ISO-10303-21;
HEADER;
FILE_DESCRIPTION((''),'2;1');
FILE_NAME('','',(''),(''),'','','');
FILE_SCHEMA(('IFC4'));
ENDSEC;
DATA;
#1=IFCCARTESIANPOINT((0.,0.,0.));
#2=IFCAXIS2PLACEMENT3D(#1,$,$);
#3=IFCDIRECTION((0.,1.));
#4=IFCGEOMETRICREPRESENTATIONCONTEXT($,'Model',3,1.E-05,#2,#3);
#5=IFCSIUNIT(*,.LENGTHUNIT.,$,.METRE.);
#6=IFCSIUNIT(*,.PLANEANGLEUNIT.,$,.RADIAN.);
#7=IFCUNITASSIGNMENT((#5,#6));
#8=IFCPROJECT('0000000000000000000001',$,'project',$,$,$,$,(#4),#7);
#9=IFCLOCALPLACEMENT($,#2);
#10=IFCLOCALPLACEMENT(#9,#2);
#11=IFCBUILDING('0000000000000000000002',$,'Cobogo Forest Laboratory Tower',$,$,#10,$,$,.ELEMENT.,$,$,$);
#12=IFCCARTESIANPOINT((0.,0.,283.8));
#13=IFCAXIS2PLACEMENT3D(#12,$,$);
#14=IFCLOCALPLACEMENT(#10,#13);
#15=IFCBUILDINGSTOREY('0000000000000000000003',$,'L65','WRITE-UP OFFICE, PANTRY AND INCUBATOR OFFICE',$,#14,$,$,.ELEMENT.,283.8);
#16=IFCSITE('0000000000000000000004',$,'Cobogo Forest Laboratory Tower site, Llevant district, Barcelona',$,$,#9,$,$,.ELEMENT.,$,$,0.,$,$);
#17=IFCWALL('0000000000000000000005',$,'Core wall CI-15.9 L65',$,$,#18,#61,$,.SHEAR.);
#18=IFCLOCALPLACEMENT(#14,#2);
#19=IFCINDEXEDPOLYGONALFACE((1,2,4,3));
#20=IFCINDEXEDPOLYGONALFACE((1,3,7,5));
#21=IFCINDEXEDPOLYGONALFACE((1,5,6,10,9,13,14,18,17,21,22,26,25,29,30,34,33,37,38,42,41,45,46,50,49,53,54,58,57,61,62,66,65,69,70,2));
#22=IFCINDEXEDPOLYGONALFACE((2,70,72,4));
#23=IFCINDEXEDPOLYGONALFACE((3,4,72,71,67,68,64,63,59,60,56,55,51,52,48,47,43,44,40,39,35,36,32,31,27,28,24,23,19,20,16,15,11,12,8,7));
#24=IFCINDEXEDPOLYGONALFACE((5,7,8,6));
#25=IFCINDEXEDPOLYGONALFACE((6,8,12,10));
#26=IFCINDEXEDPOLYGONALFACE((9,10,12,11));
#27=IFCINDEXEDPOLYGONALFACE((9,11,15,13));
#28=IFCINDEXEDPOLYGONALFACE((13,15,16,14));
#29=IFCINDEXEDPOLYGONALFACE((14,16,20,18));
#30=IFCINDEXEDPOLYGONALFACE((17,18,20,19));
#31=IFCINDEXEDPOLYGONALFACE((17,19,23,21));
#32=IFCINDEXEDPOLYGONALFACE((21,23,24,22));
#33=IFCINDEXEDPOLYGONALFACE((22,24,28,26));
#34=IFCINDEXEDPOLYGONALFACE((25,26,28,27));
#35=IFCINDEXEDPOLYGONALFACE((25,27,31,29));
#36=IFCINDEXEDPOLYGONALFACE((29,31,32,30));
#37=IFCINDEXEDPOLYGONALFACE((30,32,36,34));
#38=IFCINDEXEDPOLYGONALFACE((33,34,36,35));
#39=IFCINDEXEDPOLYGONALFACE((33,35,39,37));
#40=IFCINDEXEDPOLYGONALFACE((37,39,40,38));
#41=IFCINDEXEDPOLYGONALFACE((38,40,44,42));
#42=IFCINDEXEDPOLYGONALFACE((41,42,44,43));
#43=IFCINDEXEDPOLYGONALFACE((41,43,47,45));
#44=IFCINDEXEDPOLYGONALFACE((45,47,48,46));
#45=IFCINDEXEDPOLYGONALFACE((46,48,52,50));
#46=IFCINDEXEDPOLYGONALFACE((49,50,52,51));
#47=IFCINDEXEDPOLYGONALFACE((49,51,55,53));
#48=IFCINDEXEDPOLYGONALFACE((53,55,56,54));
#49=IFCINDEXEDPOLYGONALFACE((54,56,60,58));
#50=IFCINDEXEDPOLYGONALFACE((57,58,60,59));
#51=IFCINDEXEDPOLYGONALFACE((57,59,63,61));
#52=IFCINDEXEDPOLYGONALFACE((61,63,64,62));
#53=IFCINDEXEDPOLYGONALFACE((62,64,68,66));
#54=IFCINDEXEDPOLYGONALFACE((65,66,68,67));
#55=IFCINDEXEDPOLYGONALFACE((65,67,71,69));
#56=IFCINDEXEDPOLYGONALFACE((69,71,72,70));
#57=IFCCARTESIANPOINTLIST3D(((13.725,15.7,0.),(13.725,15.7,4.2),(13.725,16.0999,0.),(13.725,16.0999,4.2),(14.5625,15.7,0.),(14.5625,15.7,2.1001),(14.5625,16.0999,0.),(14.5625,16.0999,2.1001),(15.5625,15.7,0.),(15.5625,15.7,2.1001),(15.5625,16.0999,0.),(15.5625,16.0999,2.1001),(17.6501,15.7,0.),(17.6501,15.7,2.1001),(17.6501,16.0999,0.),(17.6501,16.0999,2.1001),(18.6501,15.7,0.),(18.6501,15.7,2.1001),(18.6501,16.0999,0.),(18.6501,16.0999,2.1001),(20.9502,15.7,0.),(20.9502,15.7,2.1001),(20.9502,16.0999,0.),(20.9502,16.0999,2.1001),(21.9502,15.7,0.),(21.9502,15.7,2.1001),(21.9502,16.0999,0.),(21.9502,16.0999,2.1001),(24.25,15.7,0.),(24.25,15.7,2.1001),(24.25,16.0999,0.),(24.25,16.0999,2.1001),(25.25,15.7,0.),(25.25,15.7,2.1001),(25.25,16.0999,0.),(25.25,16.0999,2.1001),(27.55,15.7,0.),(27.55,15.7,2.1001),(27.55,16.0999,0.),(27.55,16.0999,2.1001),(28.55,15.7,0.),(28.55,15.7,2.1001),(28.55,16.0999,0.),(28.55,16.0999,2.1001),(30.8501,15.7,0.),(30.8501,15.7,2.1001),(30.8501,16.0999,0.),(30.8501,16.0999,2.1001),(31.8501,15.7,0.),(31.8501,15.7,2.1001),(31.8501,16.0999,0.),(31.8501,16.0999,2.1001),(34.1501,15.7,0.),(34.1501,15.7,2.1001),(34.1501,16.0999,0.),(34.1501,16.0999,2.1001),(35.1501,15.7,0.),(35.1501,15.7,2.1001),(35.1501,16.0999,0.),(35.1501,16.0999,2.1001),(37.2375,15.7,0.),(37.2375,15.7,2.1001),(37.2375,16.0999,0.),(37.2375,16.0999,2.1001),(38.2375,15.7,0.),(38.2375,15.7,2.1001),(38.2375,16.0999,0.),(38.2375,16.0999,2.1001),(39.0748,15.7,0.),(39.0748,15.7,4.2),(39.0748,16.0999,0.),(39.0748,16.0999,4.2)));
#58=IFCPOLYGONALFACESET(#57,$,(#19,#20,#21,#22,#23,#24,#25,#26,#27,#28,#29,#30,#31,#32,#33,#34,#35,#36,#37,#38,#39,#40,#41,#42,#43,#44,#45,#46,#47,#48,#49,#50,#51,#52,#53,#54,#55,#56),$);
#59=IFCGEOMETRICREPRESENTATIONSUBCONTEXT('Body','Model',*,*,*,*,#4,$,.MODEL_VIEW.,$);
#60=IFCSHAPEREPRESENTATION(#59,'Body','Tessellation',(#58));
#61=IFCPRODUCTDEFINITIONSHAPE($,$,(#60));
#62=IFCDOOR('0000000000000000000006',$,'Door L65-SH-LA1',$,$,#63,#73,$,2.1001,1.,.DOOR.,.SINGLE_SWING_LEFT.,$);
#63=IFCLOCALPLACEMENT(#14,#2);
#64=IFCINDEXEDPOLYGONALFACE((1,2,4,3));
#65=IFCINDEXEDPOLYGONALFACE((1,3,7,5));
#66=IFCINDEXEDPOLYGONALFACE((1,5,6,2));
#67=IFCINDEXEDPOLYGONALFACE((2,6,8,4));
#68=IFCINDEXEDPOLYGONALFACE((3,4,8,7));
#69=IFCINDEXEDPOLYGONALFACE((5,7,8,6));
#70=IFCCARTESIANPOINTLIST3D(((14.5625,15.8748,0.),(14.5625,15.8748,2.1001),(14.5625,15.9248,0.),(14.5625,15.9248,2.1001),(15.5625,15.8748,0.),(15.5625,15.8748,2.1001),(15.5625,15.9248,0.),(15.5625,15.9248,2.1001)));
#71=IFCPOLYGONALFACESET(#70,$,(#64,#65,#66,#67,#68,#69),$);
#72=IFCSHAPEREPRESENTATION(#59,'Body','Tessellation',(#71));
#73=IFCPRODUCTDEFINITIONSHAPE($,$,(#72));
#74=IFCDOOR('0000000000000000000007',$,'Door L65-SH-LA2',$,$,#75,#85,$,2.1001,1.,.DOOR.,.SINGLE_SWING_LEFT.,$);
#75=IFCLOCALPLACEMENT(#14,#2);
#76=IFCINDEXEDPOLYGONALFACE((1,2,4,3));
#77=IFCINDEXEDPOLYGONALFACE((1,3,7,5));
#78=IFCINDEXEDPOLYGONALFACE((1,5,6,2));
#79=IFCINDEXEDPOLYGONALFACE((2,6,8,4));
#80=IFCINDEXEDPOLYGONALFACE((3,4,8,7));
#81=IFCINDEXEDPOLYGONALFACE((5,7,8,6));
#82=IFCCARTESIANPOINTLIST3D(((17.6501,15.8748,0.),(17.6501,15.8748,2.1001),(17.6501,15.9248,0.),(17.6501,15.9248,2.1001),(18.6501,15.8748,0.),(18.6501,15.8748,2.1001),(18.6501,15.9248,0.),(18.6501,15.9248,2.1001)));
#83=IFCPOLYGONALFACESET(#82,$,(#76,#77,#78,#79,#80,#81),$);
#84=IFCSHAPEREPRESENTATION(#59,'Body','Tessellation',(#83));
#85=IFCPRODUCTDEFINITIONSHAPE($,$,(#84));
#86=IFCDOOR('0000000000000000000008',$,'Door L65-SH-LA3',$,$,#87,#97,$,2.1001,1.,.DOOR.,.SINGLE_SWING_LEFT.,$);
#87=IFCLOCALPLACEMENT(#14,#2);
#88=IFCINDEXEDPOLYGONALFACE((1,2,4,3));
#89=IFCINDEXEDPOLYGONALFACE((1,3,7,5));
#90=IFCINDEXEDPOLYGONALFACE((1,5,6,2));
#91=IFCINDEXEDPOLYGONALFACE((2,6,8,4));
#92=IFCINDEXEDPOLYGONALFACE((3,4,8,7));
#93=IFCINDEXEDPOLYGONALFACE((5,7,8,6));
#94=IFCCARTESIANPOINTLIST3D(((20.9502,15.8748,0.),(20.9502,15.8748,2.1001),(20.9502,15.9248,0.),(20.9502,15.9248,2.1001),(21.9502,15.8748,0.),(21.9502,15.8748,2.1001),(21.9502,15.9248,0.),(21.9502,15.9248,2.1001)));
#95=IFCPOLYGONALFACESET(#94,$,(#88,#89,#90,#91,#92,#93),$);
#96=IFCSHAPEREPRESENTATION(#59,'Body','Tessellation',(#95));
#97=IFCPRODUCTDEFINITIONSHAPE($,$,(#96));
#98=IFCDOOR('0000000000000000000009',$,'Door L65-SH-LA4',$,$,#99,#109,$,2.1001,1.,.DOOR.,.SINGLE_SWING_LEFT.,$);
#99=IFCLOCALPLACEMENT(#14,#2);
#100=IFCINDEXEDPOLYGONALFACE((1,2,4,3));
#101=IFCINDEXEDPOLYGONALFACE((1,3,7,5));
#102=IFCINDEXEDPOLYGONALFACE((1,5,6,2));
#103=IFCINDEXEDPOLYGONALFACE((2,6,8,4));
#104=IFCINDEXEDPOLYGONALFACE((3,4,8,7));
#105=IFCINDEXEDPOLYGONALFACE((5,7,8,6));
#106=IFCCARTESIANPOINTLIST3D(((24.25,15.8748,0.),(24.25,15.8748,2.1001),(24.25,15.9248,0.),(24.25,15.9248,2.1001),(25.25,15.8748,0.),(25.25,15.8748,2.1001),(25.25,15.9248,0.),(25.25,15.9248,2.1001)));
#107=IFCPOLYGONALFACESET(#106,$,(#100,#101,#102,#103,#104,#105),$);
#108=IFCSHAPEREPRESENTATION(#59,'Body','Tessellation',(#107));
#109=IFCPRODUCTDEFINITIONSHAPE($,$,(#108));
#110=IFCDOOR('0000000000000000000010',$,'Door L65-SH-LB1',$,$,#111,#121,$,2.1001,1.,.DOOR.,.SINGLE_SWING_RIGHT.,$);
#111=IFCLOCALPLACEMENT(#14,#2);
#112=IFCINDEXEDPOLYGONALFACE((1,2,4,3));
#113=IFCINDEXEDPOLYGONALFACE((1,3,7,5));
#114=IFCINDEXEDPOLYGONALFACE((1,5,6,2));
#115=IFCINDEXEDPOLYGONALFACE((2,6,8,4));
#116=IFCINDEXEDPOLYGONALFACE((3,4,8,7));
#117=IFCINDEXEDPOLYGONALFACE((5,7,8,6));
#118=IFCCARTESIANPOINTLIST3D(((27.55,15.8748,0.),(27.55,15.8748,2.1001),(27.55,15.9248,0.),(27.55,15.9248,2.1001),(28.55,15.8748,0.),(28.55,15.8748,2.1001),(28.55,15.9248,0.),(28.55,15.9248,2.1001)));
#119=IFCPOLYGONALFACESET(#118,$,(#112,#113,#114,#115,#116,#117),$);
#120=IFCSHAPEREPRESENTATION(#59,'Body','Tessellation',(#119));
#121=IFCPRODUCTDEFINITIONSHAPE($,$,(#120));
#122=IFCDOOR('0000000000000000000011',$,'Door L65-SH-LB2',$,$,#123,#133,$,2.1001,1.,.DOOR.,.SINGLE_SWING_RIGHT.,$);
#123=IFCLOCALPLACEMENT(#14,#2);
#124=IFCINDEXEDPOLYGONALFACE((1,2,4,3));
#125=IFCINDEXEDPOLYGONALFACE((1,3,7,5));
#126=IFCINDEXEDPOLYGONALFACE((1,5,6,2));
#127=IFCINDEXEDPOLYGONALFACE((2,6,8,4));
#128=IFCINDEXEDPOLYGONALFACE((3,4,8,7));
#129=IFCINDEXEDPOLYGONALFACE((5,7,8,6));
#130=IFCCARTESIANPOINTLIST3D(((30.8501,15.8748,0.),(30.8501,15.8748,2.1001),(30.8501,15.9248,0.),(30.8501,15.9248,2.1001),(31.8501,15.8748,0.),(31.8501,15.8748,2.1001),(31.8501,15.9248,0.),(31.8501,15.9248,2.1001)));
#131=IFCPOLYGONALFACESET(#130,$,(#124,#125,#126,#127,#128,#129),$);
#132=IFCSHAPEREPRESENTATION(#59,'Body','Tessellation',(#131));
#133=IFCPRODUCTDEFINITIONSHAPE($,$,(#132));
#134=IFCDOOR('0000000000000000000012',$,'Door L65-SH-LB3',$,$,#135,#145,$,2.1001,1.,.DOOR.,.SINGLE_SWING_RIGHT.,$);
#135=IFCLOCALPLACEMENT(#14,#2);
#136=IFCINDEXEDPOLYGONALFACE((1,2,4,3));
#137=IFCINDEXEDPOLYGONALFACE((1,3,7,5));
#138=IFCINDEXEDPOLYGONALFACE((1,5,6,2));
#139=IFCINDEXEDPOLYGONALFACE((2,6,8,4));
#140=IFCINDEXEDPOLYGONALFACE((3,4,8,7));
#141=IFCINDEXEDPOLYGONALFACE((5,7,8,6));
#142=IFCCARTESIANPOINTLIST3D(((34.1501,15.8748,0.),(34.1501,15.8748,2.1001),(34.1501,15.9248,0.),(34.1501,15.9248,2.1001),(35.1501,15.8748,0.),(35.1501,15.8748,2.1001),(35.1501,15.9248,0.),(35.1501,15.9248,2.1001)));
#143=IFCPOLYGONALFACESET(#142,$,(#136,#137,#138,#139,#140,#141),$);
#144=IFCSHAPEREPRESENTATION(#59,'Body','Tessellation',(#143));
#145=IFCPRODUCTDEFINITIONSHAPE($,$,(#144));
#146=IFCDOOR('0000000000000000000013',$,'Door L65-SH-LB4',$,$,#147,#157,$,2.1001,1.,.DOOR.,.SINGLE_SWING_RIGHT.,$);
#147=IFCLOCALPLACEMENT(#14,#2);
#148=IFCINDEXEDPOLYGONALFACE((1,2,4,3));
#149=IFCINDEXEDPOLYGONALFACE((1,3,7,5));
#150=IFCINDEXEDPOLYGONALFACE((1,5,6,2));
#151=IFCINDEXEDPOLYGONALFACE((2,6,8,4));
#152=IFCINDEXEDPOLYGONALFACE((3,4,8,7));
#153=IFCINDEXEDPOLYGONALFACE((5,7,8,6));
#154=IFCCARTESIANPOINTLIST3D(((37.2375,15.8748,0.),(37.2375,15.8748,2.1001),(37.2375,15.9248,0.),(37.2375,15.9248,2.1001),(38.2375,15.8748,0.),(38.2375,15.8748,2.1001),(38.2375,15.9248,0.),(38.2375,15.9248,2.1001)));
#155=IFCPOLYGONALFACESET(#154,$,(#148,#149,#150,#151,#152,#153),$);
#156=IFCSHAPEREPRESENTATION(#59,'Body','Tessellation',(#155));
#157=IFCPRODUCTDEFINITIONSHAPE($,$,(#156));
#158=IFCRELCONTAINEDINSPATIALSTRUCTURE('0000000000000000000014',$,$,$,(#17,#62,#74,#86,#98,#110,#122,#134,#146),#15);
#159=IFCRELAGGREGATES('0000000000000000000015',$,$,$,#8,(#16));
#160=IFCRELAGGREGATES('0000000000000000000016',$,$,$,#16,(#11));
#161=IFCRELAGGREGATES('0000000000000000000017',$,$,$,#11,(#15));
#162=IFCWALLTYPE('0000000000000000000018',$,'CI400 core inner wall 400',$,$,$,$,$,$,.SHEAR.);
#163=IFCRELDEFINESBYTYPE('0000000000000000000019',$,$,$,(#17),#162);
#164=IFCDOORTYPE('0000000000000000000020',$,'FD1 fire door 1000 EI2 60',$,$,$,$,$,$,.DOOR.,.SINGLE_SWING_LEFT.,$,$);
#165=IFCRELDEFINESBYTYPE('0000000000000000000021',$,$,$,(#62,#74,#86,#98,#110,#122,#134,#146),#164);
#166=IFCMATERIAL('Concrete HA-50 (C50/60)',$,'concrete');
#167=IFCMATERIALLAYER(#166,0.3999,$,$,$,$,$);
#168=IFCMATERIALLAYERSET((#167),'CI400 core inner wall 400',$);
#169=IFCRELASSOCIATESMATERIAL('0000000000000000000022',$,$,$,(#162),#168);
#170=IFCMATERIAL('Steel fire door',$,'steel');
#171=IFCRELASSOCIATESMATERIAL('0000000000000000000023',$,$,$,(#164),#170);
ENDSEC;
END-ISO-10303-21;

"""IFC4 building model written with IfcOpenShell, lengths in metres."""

from ifc_helpers import new_model, si_unit, direction, frame, frame_2d, origin, place, context, subcontext, project, spatial, rectangle, extrude, material, layer, layer_set, type_object, element, fill, save


model = new_model("IFC4")

# Units and contexts
model_context = context("Model", 3, precision=1e-05, world=origin(), true_north=direction((0.0, 1.0)))
body_context = subcontext(model_context, "Body", "Model", "MODEL_VIEW")
ifc_project = project(units=[si_unit("LENGTHUNIT", "METRE"), si_unit("PLANEANGLEUNIT", "RADIAN")], contexts=[model_context])

# Site, building, storey
site_placement = place(None, origin())
site = spatial("IfcSite", under=ifc_project, at=site_placement, Name="Cobogo Forest Laboratory Tower site, Llevant district, Barcelona", CompositionType="ELEMENT", RefElevation=0.0)
building_placement = place(site_placement, origin())
building = spatial("IfcBuilding", under=site, at=building_placement, Name="Cobogo Forest Laboratory Tower", CompositionType="ELEMENT")
storey_placement = place(building_placement, frame((0.0, 0.0, 283.8)))
storey = spatial("IfcBuildingStorey", under=building, at=storey_placement, Name="L65", Description="WRITE-UP OFFICE, PANTRY AND INCUBATOR OFFICE", CompositionType="ELEMENT", Elevation=283.8)

# Shared definitions
ifc_material_1 = material(Name="Concrete HA-50 (C50/60)", Category="concrete")

# Wall, openings, doors
ifc_layer_1 = layer(ifc_material_1, 0.3999)
ifc_layer_set_1 = layer_set([ifc_layer_1], Name="CI400 core inner wall 400")
wall_type_1 = type_object("IfcWallType", Name="CI400 core inner wall 400", PredefinedType="SHEAR", material=ifc_layer_set_1)
wall_1_placement = place(storey_placement, frame((13.7251, 15.8999, 0.0), z_axis=(0.0, 0.0, 1.0), x_axis=(1.0, 0.0, 0.0)))
wall_1 = element("IfcWall", 1, at=wall_1_placement, inside=storey, type_object=wall_type_1, Name="Core wall CI-15.9 L65", PredefinedType="SHEAR", context=body_context, shape_type="SweptSolid", body=[
    extrude(rectangle(XDim=25.3499, YDim=0.3999, at=frame_2d((12.6748, 0.0))), origin(), (0.0, 0.0, 1.0), 4.2),
])
opening_1_placement = place(wall_1_placement, frame((0.8374, 0.0, 0.0)))
opening_1 = element("IfcOpeningElement", 2, at=opening_1_placement, cuts=wall_1, PredefinedType="OPENING", context=body_context, shape_type="SweptSolid", body=[
    extrude(rectangle(XDim=1.0, YDim=2.1001, at=frame_2d((0.5, 1.05))), frame((0.0, 0.21, 0.0), z_axis=(0.0, -1.0, 0.0), x_axis=(1.0, 0.0, 0.0)), (0.0, 0.0, 1.0), 0.4199),
])
opening_2_placement = place(wall_1_placement, frame((3.925, 0.0, 0.0)))
opening_2 = element("IfcOpeningElement", 3, at=opening_2_placement, cuts=wall_1, PredefinedType="OPENING", context=body_context, shape_type="SweptSolid", body=[
    extrude(rectangle(XDim=1.0, YDim=2.1001, at=frame_2d((0.5, 1.05))), frame((0.0, 0.21, 0.0), z_axis=(0.0, -1.0, 0.0), x_axis=(1.0, 0.0, 0.0)), (0.0, 0.0, 1.0), 0.4199),
])
opening_3_placement = place(wall_1_placement, frame((7.2251, 0.0, 0.0)))
opening_3 = element("IfcOpeningElement", 4, at=opening_3_placement, cuts=wall_1, PredefinedType="OPENING", context=body_context, shape_type="SweptSolid", body=[
    extrude(rectangle(XDim=1.0, YDim=2.1001, at=frame_2d((0.5, 1.05))), frame((0.0, 0.21, 0.0), z_axis=(0.0, -1.0, 0.0), x_axis=(1.0, 0.0, 0.0)), (0.0, 0.0, 1.0), 0.4199),
])
opening_4_placement = place(wall_1_placement, frame((10.5249, 0.0, 0.0)))
opening_4 = element("IfcOpeningElement", 5, at=opening_4_placement, cuts=wall_1, PredefinedType="OPENING", context=body_context, shape_type="SweptSolid", body=[
    extrude(rectangle(XDim=1.0, YDim=2.1001, at=frame_2d((0.5, 1.05))), frame((0.0, 0.21, 0.0), z_axis=(0.0, -1.0, 0.0), x_axis=(1.0, 0.0, 0.0)), (0.0, 0.0, 1.0), 0.4199),
])
opening_5_placement = place(wall_1_placement, frame((13.825, 0.0, 0.0)))
opening_5 = element("IfcOpeningElement", 6, at=opening_5_placement, cuts=wall_1, PredefinedType="OPENING", context=body_context, shape_type="SweptSolid", body=[
    extrude(rectangle(XDim=1.0, YDim=2.1001, at=frame_2d((0.5, 1.05))), frame((0.0, 0.21, 0.0), z_axis=(0.0, -1.0, 0.0), x_axis=(1.0, 0.0, 0.0)), (0.0, 0.0, 1.0), 0.4199),
])
opening_6_placement = place(wall_1_placement, frame((17.125, 0.0, 0.0)))
opening_6 = element("IfcOpeningElement", 7, at=opening_6_placement, cuts=wall_1, PredefinedType="OPENING", context=body_context, shape_type="SweptSolid", body=[
    extrude(rectangle(XDim=1.0, YDim=2.1001, at=frame_2d((0.5, 1.05))), frame((0.0, 0.21, 0.0), z_axis=(0.0, -1.0, 0.0), x_axis=(1.0, 0.0, 0.0)), (0.0, 0.0, 1.0), 0.4199),
])
opening_7_placement = place(wall_1_placement, frame((20.425, 0.0, 0.0)))
opening_7 = element("IfcOpeningElement", 8, at=opening_7_placement, cuts=wall_1, PredefinedType="OPENING", context=body_context, shape_type="SweptSolid", body=[
    extrude(rectangle(XDim=1.0, YDim=2.1001, at=frame_2d((0.5, 1.05))), frame((0.0, 0.21, 0.0), z_axis=(0.0, -1.0, 0.0), x_axis=(1.0, 0.0, 0.0)), (0.0, 0.0, 1.0), 0.4199),
])
opening_8_placement = place(wall_1_placement, frame((23.5125, 0.0, 0.0)))
opening_8 = element("IfcOpeningElement", 9, at=opening_8_placement, cuts=wall_1, PredefinedType="OPENING", context=body_context, shape_type="SweptSolid", body=[
    extrude(rectangle(XDim=1.0, YDim=2.1001, at=frame_2d((0.5, 1.05))), frame((0.0, 0.21, 0.0), z_axis=(0.0, -1.0, 0.0), x_axis=(1.0, 0.0, 0.0)), (0.0, 0.0, 1.0), 0.4199),
])
ifc_material_2 = material(Name="Steel fire door", Category="steel")
door_type_1 = type_object("IfcDoorType", Name="FD1 fire door 1000 EI2 60", OperationType="SINGLE_SWING_LEFT", PredefinedType="DOOR", material=ifc_material_2)
door_1_placement = place(opening_1_placement, origin())
door_1 = element("IfcDoor", 10, at=door_1_placement, inside=storey, type_object=door_type_1, Name="Door L65-SH-LA1", OperationType="SINGLE_SWING_LEFT", OverallHeight=2.1001, OverallWidth=1.0, PredefinedType="DOOR", context=body_context, shape_type="SweptSolid", body=[
    extrude(rectangle(XDim=1.0, YDim=2.1001, at=frame_2d((0.5, 1.05))), frame((0.0, 0.0249, 0.0), z_axis=(0.0, -1.0, 0.0), x_axis=(1.0, 0.0, 0.0)), (0.0, 0.0, 1.0), 0.05),
])
fill(opening_1, door_1)
door_2_placement = place(opening_2_placement, origin())
door_2 = element("IfcDoor", 11, at=door_2_placement, inside=storey, type_object=door_type_1, Name="Door L65-SH-LA2", OperationType="SINGLE_SWING_LEFT", OverallHeight=2.1001, OverallWidth=1.0, PredefinedType="DOOR", context=body_context, shape_type="SweptSolid", body=[
    extrude(rectangle(XDim=1.0, YDim=2.1001, at=frame_2d((0.5, 1.05))), frame((0.0, 0.0249, 0.0), z_axis=(0.0, -1.0, 0.0), x_axis=(1.0, 0.0, 0.0)), (0.0, 0.0, 1.0), 0.05),
])
fill(opening_2, door_2)
door_3_placement = place(opening_3_placement, origin())
door_3 = element("IfcDoor", 12, at=door_3_placement, inside=storey, type_object=door_type_1, Name="Door L65-SH-LA3", OperationType="SINGLE_SWING_LEFT", OverallHeight=2.1001, OverallWidth=1.0, PredefinedType="DOOR", context=body_context, shape_type="SweptSolid", body=[
    extrude(rectangle(XDim=1.0, YDim=2.1001, at=frame_2d((0.5, 1.05))), frame((0.0, 0.0249, 0.0), z_axis=(0.0, -1.0, 0.0), x_axis=(1.0, 0.0, 0.0)), (0.0, 0.0, 1.0), 0.05),
])
fill(opening_3, door_3)
door_4_placement = place(opening_4_placement, origin())
door_4 = element("IfcDoor", 13, at=door_4_placement, inside=storey, type_object=door_type_1, Name="Door L65-SH-LA4", OperationType="SINGLE_SWING_LEFT", OverallHeight=2.1001, OverallWidth=1.0, PredefinedType="DOOR", context=body_context, shape_type="SweptSolid", body=[
    extrude(rectangle(XDim=1.0, YDim=2.1001, at=frame_2d((0.5, 1.05))), frame((0.0, 0.0249, 0.0), z_axis=(0.0, -1.0, 0.0), x_axis=(1.0, 0.0, 0.0)), (0.0, 0.0, 1.0), 0.05),
])
fill(opening_4, door_4)
door_5_placement = place(opening_5_placement, origin())
door_5 = element("IfcDoor", 14, at=door_5_placement, inside=storey, type_object=door_type_1, Name="Door L65-SH-LB1", OperationType="SINGLE_SWING_RIGHT", OverallHeight=2.1001, OverallWidth=1.0, PredefinedType="DOOR", context=body_context, shape_type="SweptSolid", body=[
    extrude(rectangle(XDim=1.0, YDim=2.1001, at=frame_2d((0.5, 1.05))), frame((0.0, 0.0249, 0.0), z_axis=(0.0, -1.0, 0.0), x_axis=(1.0, 0.0, 0.0)), (0.0, 0.0, 1.0), 0.05),
])
fill(opening_5, door_5)
door_6_placement = place(opening_6_placement, origin())
door_6 = element("IfcDoor", 15, at=door_6_placement, inside=storey, type_object=door_type_1, Name="Door L65-SH-LB2", OperationType="SINGLE_SWING_RIGHT", OverallHeight=2.1001, OverallWidth=1.0, PredefinedType="DOOR", context=body_context, shape_type="SweptSolid", body=[
    extrude(rectangle(XDim=1.0, YDim=2.1001, at=frame_2d((0.5, 1.05))), frame((0.0, 0.0249, 0.0), z_axis=(0.0, -1.0, 0.0), x_axis=(1.0, 0.0, 0.0)), (0.0, 0.0, 1.0), 0.05),
])
fill(opening_6, door_6)
door_7_placement = place(opening_7_placement, origin())
door_7 = element("IfcDoor", 16, at=door_7_placement, inside=storey, type_object=door_type_1, Name="Door L65-SH-LB3", OperationType="SINGLE_SWING_RIGHT", OverallHeight=2.1001, OverallWidth=1.0, PredefinedType="DOOR", context=body_context, shape_type="SweptSolid", body=[
    extrude(rectangle(XDim=1.0, YDim=2.1001, at=frame_2d((0.5, 1.05))), frame((0.0, 0.0249, 0.0), z_axis=(0.0, -1.0, 0.0), x_axis=(1.0, 0.0, 0.0)), (0.0, 0.0, 1.0), 0.05),
])
fill(opening_7, door_7)
door_8_placement = place(opening_8_placement, origin())
door_8 = element("IfcDoor", 17, at=door_8_placement, inside=storey, type_object=door_type_1, Name="Door L65-SH-LB4", OperationType="SINGLE_SWING_RIGHT", OverallHeight=2.1001, OverallWidth=1.0, PredefinedType="DOOR", context=body_context, shape_type="SweptSolid", body=[
    extrude(rectangle(XDim=1.0, YDim=2.1001, at=frame_2d((0.5, 1.05))), frame((0.0, 0.0249, 0.0), z_axis=(0.0, -1.0, 0.0), x_axis=(1.0, 0.0, 0.0)), (0.0, 0.0, 1.0), 0.05),
])
fill(opening_8, door_8)

save(model, "model.ifc")
